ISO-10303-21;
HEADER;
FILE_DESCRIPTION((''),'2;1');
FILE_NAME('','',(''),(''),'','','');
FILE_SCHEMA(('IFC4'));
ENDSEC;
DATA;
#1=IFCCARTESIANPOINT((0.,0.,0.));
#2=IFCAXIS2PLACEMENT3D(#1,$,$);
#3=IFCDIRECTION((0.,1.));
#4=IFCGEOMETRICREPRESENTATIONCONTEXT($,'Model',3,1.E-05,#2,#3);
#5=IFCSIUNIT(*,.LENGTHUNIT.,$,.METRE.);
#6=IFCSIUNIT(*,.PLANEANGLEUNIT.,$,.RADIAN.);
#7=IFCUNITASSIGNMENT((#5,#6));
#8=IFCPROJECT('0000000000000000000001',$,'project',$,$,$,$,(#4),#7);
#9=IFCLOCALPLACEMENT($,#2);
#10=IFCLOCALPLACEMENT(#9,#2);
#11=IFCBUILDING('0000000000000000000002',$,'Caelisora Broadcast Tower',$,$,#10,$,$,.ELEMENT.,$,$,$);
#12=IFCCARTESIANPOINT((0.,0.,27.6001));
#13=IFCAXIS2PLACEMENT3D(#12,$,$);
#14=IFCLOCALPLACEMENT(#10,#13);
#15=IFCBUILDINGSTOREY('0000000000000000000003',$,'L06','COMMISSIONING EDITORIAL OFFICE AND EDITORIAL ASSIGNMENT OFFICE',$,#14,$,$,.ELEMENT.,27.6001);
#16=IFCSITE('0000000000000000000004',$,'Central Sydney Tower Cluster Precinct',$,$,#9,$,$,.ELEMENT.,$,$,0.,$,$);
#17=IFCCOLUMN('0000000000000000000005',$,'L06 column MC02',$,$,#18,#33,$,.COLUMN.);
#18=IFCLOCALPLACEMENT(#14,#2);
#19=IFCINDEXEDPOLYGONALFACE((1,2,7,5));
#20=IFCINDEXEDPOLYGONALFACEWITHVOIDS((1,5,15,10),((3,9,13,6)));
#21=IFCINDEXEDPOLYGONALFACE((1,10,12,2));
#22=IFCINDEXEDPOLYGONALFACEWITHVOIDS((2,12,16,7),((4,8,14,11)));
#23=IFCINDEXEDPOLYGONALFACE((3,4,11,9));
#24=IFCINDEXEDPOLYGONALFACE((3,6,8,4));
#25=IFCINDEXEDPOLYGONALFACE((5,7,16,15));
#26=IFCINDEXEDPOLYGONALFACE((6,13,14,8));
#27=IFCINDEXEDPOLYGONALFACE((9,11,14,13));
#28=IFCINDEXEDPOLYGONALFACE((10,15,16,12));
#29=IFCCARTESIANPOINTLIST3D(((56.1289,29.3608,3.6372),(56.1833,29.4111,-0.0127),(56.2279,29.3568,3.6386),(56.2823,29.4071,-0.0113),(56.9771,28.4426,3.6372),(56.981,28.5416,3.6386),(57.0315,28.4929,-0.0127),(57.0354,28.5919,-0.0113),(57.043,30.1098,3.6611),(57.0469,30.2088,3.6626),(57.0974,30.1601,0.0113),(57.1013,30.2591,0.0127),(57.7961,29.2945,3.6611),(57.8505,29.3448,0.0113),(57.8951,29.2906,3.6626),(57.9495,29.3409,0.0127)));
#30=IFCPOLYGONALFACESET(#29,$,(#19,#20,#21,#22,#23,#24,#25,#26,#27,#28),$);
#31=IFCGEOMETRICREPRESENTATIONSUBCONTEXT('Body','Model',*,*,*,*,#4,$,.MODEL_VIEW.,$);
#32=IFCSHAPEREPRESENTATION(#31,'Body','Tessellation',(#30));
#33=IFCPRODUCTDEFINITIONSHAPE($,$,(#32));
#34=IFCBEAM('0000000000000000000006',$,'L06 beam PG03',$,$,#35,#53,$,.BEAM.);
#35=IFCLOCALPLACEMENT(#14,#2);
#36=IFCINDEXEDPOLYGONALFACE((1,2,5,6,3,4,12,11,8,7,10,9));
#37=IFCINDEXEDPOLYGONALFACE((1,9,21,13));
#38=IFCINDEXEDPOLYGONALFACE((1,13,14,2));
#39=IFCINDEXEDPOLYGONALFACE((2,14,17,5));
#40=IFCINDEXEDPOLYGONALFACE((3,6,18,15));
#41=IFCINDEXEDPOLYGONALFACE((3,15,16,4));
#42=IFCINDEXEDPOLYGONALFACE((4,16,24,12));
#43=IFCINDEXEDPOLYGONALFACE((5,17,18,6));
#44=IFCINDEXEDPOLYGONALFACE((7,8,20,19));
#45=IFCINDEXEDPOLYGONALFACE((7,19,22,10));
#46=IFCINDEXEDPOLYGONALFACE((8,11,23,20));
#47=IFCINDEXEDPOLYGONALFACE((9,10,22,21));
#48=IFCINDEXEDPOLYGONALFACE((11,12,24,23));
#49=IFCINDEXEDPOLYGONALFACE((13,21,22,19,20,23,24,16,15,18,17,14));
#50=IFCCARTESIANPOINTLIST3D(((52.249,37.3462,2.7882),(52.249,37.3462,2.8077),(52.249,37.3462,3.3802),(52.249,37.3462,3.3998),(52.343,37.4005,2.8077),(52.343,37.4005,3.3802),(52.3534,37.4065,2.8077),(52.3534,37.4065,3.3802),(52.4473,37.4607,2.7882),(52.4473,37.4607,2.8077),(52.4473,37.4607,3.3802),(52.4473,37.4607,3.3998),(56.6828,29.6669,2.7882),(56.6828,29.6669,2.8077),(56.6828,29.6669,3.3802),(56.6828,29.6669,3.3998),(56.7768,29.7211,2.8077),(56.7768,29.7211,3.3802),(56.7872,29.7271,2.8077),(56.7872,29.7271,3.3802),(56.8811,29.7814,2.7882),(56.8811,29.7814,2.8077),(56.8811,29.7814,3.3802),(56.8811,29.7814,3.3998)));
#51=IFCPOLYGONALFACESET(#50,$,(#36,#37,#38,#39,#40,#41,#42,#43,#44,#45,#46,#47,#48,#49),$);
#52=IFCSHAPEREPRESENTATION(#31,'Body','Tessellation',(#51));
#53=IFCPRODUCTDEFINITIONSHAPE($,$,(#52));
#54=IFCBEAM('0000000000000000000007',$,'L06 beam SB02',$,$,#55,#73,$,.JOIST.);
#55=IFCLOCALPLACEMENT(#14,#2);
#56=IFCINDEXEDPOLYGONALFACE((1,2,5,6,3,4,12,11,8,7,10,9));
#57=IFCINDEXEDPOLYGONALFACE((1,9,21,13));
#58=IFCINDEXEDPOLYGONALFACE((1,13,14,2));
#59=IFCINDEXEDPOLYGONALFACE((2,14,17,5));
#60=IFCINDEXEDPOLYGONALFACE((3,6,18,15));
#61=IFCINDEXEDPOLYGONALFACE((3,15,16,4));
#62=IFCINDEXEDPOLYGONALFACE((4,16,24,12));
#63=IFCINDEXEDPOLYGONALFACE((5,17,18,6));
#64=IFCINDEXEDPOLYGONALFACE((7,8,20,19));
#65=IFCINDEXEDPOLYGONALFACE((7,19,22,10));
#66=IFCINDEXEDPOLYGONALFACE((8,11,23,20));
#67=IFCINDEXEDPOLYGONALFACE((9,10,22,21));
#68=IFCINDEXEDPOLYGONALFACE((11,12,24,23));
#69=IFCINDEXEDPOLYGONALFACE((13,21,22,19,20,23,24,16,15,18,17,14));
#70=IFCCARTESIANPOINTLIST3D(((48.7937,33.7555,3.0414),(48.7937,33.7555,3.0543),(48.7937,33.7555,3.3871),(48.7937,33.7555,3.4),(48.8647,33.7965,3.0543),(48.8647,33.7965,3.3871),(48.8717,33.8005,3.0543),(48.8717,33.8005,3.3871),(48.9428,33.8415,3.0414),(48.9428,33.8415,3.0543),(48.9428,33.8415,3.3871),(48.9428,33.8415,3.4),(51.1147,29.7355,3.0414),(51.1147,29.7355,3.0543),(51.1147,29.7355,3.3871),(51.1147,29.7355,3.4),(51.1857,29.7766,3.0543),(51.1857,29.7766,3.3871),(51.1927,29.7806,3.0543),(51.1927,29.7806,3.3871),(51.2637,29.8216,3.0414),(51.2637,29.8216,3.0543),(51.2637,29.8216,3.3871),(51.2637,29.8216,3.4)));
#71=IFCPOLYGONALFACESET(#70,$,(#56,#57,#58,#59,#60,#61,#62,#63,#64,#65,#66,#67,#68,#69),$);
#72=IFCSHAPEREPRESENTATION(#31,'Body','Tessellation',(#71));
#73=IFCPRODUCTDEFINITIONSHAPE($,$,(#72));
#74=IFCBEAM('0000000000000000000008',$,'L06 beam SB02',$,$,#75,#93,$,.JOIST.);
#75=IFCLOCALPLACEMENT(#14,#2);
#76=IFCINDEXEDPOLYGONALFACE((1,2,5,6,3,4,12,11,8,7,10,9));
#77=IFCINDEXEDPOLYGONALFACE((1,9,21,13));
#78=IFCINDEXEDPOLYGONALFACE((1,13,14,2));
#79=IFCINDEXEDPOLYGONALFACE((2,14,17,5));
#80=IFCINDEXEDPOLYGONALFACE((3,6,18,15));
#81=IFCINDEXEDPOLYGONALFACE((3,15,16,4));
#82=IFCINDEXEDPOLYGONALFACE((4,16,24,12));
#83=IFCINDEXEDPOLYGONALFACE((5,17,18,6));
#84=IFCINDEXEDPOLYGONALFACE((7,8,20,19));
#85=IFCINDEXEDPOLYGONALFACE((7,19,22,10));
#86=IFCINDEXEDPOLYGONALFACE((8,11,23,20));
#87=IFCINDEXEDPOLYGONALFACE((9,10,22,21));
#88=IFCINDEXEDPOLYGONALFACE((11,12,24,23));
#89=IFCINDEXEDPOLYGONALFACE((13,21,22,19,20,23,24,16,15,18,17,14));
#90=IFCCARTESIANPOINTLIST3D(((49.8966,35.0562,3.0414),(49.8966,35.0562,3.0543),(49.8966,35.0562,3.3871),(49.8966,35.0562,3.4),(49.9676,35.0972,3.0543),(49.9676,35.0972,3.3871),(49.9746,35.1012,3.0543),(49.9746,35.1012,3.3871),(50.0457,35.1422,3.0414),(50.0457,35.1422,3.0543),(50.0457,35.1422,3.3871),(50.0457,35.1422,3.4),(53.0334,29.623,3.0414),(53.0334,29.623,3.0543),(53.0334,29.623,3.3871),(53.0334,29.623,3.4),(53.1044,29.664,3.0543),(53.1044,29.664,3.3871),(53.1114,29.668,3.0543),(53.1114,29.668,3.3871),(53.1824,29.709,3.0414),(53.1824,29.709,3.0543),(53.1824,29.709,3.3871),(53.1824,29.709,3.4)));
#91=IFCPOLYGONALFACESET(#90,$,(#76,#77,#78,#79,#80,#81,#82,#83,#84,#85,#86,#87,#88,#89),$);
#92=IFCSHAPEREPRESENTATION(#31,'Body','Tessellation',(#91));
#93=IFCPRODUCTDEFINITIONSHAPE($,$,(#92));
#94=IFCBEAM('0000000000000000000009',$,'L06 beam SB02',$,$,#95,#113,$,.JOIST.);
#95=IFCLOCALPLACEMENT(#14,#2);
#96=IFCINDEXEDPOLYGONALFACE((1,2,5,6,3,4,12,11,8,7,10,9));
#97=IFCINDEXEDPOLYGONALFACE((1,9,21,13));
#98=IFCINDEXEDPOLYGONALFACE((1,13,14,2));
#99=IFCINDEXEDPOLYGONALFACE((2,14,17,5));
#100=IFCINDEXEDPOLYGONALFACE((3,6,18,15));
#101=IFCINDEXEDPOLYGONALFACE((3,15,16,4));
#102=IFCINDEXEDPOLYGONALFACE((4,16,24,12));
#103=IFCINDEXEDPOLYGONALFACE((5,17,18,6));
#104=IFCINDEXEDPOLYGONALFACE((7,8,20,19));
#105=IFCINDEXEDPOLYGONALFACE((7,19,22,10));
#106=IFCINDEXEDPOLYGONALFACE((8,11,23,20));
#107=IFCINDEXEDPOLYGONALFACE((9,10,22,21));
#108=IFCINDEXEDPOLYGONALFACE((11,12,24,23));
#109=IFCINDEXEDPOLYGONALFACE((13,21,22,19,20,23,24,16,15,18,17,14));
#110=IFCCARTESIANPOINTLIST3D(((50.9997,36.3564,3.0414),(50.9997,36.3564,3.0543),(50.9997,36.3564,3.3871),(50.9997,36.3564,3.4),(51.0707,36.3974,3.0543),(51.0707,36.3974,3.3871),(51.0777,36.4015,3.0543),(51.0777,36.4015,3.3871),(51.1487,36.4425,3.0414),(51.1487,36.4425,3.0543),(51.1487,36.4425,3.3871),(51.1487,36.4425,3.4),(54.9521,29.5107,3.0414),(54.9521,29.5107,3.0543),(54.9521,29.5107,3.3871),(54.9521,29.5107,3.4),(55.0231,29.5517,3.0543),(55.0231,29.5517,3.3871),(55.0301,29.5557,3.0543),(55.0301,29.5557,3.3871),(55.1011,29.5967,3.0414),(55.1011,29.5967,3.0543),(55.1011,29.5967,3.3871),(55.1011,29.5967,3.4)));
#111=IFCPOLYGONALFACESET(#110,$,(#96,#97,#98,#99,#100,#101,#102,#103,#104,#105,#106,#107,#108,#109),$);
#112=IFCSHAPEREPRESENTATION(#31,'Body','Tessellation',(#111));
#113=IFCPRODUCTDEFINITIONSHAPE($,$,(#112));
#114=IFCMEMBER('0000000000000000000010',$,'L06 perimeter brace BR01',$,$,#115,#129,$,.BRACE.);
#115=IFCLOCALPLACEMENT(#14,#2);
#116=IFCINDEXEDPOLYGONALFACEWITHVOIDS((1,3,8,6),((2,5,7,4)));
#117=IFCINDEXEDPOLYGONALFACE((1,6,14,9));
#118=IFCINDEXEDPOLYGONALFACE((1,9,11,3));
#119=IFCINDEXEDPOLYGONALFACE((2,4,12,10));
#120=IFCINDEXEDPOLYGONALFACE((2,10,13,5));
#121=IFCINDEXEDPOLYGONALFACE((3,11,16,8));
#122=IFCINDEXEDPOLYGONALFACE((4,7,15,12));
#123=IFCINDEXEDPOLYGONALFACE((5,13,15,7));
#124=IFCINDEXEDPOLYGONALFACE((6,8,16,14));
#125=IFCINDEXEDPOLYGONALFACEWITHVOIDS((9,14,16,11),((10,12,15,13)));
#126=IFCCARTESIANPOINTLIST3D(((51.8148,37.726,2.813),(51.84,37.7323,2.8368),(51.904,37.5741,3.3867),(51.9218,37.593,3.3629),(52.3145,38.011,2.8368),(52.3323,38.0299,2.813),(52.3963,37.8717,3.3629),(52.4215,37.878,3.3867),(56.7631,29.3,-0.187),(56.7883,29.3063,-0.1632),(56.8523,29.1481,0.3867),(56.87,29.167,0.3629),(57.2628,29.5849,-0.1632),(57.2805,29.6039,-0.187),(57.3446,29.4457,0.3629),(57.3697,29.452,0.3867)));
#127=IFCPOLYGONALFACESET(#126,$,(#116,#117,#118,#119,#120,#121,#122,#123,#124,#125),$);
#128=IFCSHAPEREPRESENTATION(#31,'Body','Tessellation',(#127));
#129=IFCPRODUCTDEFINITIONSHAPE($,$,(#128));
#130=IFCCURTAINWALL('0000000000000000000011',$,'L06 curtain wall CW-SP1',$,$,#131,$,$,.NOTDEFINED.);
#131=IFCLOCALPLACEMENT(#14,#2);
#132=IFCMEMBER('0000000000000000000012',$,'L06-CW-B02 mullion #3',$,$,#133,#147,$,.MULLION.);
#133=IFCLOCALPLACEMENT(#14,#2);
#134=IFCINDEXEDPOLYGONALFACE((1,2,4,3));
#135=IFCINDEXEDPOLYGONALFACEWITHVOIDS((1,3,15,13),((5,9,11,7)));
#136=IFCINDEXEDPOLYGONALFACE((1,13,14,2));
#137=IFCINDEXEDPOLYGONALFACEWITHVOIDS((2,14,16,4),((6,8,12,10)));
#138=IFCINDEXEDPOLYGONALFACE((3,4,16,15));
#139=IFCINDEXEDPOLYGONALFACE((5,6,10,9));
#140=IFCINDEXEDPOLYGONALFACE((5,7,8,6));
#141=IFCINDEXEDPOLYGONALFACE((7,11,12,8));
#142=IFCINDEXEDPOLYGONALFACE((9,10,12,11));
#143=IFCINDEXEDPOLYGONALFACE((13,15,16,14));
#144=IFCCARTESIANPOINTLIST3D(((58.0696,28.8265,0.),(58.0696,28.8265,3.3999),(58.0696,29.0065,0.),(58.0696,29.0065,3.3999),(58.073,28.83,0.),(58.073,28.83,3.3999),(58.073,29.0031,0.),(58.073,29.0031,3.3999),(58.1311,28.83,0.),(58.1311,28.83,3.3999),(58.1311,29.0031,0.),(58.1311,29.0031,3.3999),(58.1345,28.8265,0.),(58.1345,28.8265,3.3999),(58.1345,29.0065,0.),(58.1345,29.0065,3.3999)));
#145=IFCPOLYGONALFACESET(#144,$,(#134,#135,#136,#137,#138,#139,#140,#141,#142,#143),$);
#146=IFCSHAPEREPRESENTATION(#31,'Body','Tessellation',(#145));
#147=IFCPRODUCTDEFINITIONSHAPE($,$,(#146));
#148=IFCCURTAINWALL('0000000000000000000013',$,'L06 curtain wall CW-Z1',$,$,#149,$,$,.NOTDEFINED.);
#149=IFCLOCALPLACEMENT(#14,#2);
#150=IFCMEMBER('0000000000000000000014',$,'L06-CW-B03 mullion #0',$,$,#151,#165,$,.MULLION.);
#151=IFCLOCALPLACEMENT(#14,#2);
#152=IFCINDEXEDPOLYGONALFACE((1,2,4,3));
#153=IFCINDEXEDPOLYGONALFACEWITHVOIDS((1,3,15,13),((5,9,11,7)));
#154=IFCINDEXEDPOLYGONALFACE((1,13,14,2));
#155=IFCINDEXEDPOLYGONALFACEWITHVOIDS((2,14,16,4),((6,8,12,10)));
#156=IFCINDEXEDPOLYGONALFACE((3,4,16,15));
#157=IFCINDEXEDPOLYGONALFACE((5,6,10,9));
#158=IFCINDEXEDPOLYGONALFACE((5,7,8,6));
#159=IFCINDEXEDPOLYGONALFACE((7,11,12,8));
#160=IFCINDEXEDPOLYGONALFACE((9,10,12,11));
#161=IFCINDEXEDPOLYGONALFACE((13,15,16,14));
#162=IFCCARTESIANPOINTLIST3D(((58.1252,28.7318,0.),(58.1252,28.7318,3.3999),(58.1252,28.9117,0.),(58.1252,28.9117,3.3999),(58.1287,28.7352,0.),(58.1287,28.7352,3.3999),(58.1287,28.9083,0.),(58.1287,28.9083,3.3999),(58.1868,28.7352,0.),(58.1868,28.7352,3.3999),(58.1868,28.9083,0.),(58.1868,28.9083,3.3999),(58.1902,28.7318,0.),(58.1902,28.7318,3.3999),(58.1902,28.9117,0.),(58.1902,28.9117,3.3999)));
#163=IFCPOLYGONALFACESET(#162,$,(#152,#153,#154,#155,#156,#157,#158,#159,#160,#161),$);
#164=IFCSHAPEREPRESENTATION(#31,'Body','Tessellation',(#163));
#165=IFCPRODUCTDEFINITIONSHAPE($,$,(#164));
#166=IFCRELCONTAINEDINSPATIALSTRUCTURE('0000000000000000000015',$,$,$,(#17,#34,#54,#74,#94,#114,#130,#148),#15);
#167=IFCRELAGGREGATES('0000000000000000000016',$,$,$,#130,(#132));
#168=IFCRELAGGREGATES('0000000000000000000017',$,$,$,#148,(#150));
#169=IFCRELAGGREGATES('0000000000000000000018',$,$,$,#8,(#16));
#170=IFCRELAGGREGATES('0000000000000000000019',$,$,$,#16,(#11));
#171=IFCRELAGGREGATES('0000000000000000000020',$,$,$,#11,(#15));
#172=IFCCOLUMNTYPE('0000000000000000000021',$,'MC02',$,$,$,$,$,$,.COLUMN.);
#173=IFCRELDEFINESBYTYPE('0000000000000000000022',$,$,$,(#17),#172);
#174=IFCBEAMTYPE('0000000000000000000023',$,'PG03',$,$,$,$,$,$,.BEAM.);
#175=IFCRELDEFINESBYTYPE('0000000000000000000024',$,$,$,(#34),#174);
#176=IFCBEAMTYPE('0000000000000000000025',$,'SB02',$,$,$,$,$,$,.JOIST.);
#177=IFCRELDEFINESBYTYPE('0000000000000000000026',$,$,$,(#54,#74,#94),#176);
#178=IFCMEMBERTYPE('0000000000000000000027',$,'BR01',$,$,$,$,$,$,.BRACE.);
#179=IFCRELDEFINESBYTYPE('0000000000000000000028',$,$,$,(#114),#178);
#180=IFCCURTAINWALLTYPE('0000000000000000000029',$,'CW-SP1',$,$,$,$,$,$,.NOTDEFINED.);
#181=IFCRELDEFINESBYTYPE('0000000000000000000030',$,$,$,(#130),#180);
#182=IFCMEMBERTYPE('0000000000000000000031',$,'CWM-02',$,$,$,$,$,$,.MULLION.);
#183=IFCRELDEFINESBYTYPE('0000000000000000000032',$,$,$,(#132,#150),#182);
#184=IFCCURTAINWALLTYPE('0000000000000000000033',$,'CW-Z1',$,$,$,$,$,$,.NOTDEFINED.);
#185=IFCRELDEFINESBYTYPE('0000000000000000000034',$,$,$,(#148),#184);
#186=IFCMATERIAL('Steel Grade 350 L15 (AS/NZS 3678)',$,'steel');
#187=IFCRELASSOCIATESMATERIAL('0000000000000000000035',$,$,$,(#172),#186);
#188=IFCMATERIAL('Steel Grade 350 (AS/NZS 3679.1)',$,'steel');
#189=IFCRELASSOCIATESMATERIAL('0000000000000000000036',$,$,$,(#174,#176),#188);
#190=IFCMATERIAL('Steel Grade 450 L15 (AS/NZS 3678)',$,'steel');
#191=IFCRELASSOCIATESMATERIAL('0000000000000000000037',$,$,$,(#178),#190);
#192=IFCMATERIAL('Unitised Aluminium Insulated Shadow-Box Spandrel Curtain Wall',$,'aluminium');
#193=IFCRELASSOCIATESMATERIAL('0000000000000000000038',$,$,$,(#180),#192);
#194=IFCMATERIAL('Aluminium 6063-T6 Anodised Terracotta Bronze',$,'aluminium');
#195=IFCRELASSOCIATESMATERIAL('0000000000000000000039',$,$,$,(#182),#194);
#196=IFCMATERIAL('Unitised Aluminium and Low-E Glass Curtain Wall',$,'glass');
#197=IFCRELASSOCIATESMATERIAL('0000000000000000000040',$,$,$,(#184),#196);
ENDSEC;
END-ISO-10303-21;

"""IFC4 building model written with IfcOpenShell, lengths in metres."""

from ifc_helpers import new_model, si_unit, direction, frame, origin, origin_2d, place, context, subcontext, project, spatial, hollow_rectangle, i_section, extrude, source, transform, mapped, material, material_profile, profile_set, type_object, type_shapes, element, aggregate, save


model = new_model("IFC4")

# Units and contexts
model_context = context("Model", 3, precision=1e-05, world=origin(), true_north=direction((0.0, 1.0)))
body_context = subcontext(model_context, "Body", "Model", "MODEL_VIEW")
ifc_project = project(units=[si_unit("LENGTHUNIT", "METRE"), si_unit("PLANEANGLEUNIT", "RADIAN")], contexts=[model_context])

# Site, building, storey
site_placement = place(None, origin())
site = spatial("IfcSite", under=ifc_project, at=site_placement, Name="Central Sydney Tower Cluster Precinct", CompositionType="ELEMENT", RefElevation=0.0)
building_placement = place(site_placement, origin())
building = spatial("IfcBuilding", under=site, at=building_placement, Name="Caelisora Broadcast Tower", CompositionType="ELEMENT")
storey_placement = place(building_placement, frame((0.0, 0.0, 27.6001)))
storey = spatial("IfcBuildingStorey", under=building, at=storey_placement, Name="L06", Description="COMMISSIONING EDITORIAL OFFICE AND EDITORIAL ASSIGNMENT OFFICE", CompositionType="ELEMENT", Elevation=27.6001)

# Column
ifc_material_1 = material(Name="Steel Grade 350 L15 (AS/NZS 3678)", Category="steel")
ifc_material_profile_1 = material_profile(ifc_material_1, hollow_rectangle(XDim=1.25, YDim=1.25, WallThickness=0.0701, at=origin_2d()), Name="Steel Grade 350 L15 (AS/NZS 3678)")
ifc_profile_set_1 = profile_set([ifc_material_profile_1], Name="Steel Grade 350 L15 (AS/NZS 3678)")
column_type = type_object("IfcColumnType", Name="MC02", PredefinedType="COLUMN", material=ifc_profile_set_1)
shared_shape_1 = source(origin(), body_context, "Body", "SweptSolid", [
    extrude(hollow_rectangle(XDim=1.25, YDim=1.25, WallThickness=0.0701, at=origin_2d()), origin(), (0.0, 0.0, 1.0), 3.6506),
])
type_shapes(column_type, [shared_shape_1])
column_placement = place(storey_placement, frame((57.0664, 29.376, 0.0), z_axis=(-0.014913, -0.013776, 0.999794), x_axis=(0.678554, -0.734551, 0.0)))
element("IfcColumn", 1, at=column_placement, inside=storey, type_object=column_type, Name="L06 column MC02", PredefinedType="COLUMN", context=body_context, shape_type="MappedRepresentation", body=[
    mapped(shared_shape_1, transform((0.0, 0.0, 0.0), scale=1.0)),
])

# Beams
ifc_material_2 = material(Name="Steel Grade 350 (AS/NZS 3679.1)", Category="steel")
ifc_material_profile_2 = material_profile(ifc_material_2, i_section(OverallWidth=0.229, OverallDepth=0.6116, WebThickness=0.012, FlangeThickness=0.0195, at=origin_2d()), Name="Steel Grade 350 (AS/NZS 3679.1)")
ifc_profile_set_2 = profile_set([ifc_material_profile_2], Name="Steel Grade 350 (AS/NZS 3679.1)")
beam_type_1 = type_object("IfcBeamType", Name="PG03", PredefinedType="BEAM", material=ifc_profile_set_2)
shared_shape_2 = source(origin(), body_context, "Body", "SweptSolid", [
    extrude(i_section(OverallWidth=0.229, OverallDepth=0.6116, WebThickness=0.012, FlangeThickness=0.0195, at=origin_2d()), origin(), (0.0, 0.0, 1.0), 8.8674),
])
type_shapes(beam_type_1, [shared_shape_2])
beam_1_placement = place(storey_placement, frame((56.782, 29.7241, 3.094), z_axis=(-0.500009, 0.86602, 0.0), x_axis=(-0.86602, -0.500009, 0.0)))
element("IfcBeam", 2, at=beam_1_placement, inside=storey, type_object=beam_type_1, Name="L06 beam PG03", PredefinedType="BEAM", context=body_context, shape_type="MappedRepresentation", body=[
    mapped(shared_shape_2, transform((0.0, 0.0, 0.0), scale=1.0)),
])
ifc_material_profile_3 = material_profile(ifc_material_2, i_section(OverallWidth=0.1721, OverallDepth=0.3586, WebThickness=0.0081, FlangeThickness=0.0129, at=origin_2d()), Name="Steel Grade 350 (AS/NZS 3679.1)")
ifc_profile_set_3 = profile_set([ifc_material_profile_3], Name="Steel Grade 350 (AS/NZS 3679.1)")
beam_type_2 = type_object("IfcBeamType", Name="SB02", PredefinedType="JOIST", material=ifc_profile_set_3)
shared_shape_3 = source(origin(), body_context, "Body", "SweptSolid", [
    extrude(i_section(OverallWidth=0.1721, OverallDepth=0.3586, WebThickness=0.0081, FlangeThickness=0.0129, at=origin_2d()), origin(), (0.0, 0.0, 1.0), 4.6418),
])
beam_2_placement = place(storey_placement, frame((51.1892, 29.7786, 3.2207), z_axis=(-0.500014, 0.866017, 0.0), x_axis=(-0.866017, -0.500014, 0.0)))
element("IfcBeam", 3, at=beam_2_placement, inside=storey, type_object=beam_type_2, Name="L06 beam SB02", PredefinedType="JOIST", context=body_context, shape_type="MappedRepresentation", body=[
    mapped(shared_shape_3, transform((0.0, 0.0, 0.0), scale=1.0)),
])
shared_shape_4 = source(origin(), body_context, "Body", "SweptSolid", [
    extrude(i_section(OverallWidth=0.1721, OverallDepth=0.3586, WebThickness=0.0081, FlangeThickness=0.0129, at=origin_2d()), origin(), (0.0, 0.0, 1.0), 6.2737),
])
beam_3_placement = place(storey_placement, frame((53.1079, 29.666, 3.2207), z_axis=(-0.49999, 0.866031, 0.0), x_axis=(-0.866031, -0.49999, 0.0)))
element("IfcBeam", 4, at=beam_3_placement, inside=storey, type_object=beam_type_2, Name="L06 beam SB02", PredefinedType="JOIST", context=body_context, shape_type="MappedRepresentation", body=[
    mapped(shared_shape_4, transform((0.0, 0.0, 0.0), scale=1.0)),
])
shared_shape_5 = source(origin(), body_context, "Body", "SweptSolid", [
    extrude(i_section(OverallWidth=0.1721, OverallDepth=0.3586, WebThickness=0.0081, FlangeThickness=0.0129, at=origin_2d()), origin(), (0.0, 0.0, 1.0), 7.9048),
])
type_shapes(beam_type_2, [shared_shape_3, shared_shape_4, shared_shape_5])
beam_4_placement = place(storey_placement, frame((55.0266, 29.5537, 3.2207), z_axis=(-0.500002, 0.866024, 0.0), x_axis=(-0.866024, -0.500002, 0.0)))
element("IfcBeam", 5, at=beam_4_placement, inside=storey, type_object=beam_type_2, Name="L06 beam SB02", PredefinedType="JOIST", context=body_context, shape_type="MappedRepresentation", body=[
    mapped(shared_shape_5, transform((0.0, 0.0, 0.0), scale=1.0)),
])

# Member
ifc_material_3 = material(Name="Steel Grade 450 L15 (AS/NZS 3678)", Category="steel")
ifc_material_profile_4 = material_profile(ifc_material_3, hollow_rectangle(XDim=0.6001, YDim=0.6001, WallThickness=0.0249, at=origin_2d()), Name="Steel Grade 450 L15 (AS/NZS 3678)")
ifc_profile_set_4 = profile_set([ifc_material_profile_4], Name="Steel Grade 450 L15 (AS/NZS 3678)")
member_type_1 = type_object("IfcMemberType", Name="BR01", PredefinedType="BRACE", material=ifc_profile_set_4)
shared_shape_6 = source(origin(), body_context, "Body", "SweptSolid", [
    extrude(hollow_rectangle(XDim=0.6001, YDim=0.6001, WallThickness=0.0249, at=origin_2d()), origin(), (0.0, 0.0, 1.0), 10.2217),
])
type_shapes(member_type_1, [shared_shape_6])
member_1_placement = place(storey_placement, frame((57.0664, 29.376, 0.0999), z_axis=(-0.484092, 0.824328, 0.293493), x_axis=(-0.862303, -0.506393, 0.0)))
element("IfcMember", 6, at=member_1_placement, inside=storey, type_object=member_type_1, Name="L06 perimeter brace BR01", PredefinedType="BRACE", context=body_context, shape_type="MappedRepresentation", body=[
    mapped(shared_shape_6, transform((0.0, 0.0, 0.0), scale=1.0)),
])

# Curtain wall, member
ifc_material_4 = material(Name="Unitised Aluminium Insulated Shadow-Box Spandrel Curtain Wall", Category="aluminium")
curtain_wall_type_1 = type_object("IfcCurtainWallType", Name="CW-SP1", PredefinedType="NOTDEFINED", material=ifc_material_4)
curtain_wall_1_placement = place(storey_placement, origin())
curtain_wall_1 = element("IfcCurtainWall", 7, at=curtain_wall_1_placement, inside=storey, type_object=curtain_wall_type_1, Name="L06 curtain wall CW-SP1", PredefinedType="NOTDEFINED")
ifc_material_5 = material(Name="Aluminium 6063-T6 Anodised Terracotta Bronze", Category="aluminium")
ifc_material_profile_5 = material_profile(ifc_material_5, hollow_rectangle(XDim=0.0649, YDim=0.1799, WallThickness=0.0034, at=origin_2d()), Name="Aluminium 6063-T6 Anodised Terracotta Bronze")
ifc_profile_set_5 = profile_set([ifc_material_profile_5], Name="Aluminium 6063-T6 Anodised Terracotta Bronze")
member_type_2 = type_object("IfcMemberType", Name="CWM-02", PredefinedType="MULLION", material=ifc_profile_set_5)
shared_shape_7 = source(origin(), body_context, "Body", "SweptSolid", [
    extrude(hollow_rectangle(XDim=0.0649, YDim=0.1799, WallThickness=0.0034, at=origin_2d()), origin(), (0.0, 0.0, 1.0), 3.3999),
])
type_shapes(member_type_2, [shared_shape_7])
member_2_placement = place(storey_placement, frame((58.1021, 28.9165, 0.0), z_axis=(0.0, 0.0, 1.0), x_axis=(1.0, 0.0, 0.0)))
member_2 = element("IfcMember", 8, at=member_2_placement, type_object=member_type_2, Name="L06-CW-B02 mullion #3", PredefinedType="MULLION", context=body_context, shape_type="MappedRepresentation", body=[
    mapped(shared_shape_7, transform((0.0, 0.0, 0.0), scale=1.0)),
])
aggregate(curtain_wall_1, [member_2])

# Curtain wall, member
ifc_material_6 = material(Name="Unitised Aluminium and Low-E Glass Curtain Wall", Category="glass")
curtain_wall_type_2 = type_object("IfcCurtainWallType", Name="CW-Z1", PredefinedType="NOTDEFINED", material=ifc_material_6)
curtain_wall_2_placement = place(storey_placement, origin())
curtain_wall_2 = element("IfcCurtainWall", 9, at=curtain_wall_2_placement, inside=storey, type_object=curtain_wall_type_2, Name="L06 curtain wall CW-Z1", PredefinedType="NOTDEFINED")
member_3_placement = place(storey_placement, frame((58.1577, 28.8218, 0.0), z_axis=(0.0, 0.0, 1.0), x_axis=(1.0, 0.0, 0.0)))
member_3 = element("IfcMember", 10, at=member_3_placement, type_object=member_type_2, Name="L06-CW-B03 mullion #0", PredefinedType="MULLION", context=body_context, shape_type="MappedRepresentation", body=[
    mapped(shared_shape_7, transform((0.0, 0.0, 0.0), scale=1.0)),
])

aggregate(curtain_wall_2, [member_3])

save(model, "model.ifc")
